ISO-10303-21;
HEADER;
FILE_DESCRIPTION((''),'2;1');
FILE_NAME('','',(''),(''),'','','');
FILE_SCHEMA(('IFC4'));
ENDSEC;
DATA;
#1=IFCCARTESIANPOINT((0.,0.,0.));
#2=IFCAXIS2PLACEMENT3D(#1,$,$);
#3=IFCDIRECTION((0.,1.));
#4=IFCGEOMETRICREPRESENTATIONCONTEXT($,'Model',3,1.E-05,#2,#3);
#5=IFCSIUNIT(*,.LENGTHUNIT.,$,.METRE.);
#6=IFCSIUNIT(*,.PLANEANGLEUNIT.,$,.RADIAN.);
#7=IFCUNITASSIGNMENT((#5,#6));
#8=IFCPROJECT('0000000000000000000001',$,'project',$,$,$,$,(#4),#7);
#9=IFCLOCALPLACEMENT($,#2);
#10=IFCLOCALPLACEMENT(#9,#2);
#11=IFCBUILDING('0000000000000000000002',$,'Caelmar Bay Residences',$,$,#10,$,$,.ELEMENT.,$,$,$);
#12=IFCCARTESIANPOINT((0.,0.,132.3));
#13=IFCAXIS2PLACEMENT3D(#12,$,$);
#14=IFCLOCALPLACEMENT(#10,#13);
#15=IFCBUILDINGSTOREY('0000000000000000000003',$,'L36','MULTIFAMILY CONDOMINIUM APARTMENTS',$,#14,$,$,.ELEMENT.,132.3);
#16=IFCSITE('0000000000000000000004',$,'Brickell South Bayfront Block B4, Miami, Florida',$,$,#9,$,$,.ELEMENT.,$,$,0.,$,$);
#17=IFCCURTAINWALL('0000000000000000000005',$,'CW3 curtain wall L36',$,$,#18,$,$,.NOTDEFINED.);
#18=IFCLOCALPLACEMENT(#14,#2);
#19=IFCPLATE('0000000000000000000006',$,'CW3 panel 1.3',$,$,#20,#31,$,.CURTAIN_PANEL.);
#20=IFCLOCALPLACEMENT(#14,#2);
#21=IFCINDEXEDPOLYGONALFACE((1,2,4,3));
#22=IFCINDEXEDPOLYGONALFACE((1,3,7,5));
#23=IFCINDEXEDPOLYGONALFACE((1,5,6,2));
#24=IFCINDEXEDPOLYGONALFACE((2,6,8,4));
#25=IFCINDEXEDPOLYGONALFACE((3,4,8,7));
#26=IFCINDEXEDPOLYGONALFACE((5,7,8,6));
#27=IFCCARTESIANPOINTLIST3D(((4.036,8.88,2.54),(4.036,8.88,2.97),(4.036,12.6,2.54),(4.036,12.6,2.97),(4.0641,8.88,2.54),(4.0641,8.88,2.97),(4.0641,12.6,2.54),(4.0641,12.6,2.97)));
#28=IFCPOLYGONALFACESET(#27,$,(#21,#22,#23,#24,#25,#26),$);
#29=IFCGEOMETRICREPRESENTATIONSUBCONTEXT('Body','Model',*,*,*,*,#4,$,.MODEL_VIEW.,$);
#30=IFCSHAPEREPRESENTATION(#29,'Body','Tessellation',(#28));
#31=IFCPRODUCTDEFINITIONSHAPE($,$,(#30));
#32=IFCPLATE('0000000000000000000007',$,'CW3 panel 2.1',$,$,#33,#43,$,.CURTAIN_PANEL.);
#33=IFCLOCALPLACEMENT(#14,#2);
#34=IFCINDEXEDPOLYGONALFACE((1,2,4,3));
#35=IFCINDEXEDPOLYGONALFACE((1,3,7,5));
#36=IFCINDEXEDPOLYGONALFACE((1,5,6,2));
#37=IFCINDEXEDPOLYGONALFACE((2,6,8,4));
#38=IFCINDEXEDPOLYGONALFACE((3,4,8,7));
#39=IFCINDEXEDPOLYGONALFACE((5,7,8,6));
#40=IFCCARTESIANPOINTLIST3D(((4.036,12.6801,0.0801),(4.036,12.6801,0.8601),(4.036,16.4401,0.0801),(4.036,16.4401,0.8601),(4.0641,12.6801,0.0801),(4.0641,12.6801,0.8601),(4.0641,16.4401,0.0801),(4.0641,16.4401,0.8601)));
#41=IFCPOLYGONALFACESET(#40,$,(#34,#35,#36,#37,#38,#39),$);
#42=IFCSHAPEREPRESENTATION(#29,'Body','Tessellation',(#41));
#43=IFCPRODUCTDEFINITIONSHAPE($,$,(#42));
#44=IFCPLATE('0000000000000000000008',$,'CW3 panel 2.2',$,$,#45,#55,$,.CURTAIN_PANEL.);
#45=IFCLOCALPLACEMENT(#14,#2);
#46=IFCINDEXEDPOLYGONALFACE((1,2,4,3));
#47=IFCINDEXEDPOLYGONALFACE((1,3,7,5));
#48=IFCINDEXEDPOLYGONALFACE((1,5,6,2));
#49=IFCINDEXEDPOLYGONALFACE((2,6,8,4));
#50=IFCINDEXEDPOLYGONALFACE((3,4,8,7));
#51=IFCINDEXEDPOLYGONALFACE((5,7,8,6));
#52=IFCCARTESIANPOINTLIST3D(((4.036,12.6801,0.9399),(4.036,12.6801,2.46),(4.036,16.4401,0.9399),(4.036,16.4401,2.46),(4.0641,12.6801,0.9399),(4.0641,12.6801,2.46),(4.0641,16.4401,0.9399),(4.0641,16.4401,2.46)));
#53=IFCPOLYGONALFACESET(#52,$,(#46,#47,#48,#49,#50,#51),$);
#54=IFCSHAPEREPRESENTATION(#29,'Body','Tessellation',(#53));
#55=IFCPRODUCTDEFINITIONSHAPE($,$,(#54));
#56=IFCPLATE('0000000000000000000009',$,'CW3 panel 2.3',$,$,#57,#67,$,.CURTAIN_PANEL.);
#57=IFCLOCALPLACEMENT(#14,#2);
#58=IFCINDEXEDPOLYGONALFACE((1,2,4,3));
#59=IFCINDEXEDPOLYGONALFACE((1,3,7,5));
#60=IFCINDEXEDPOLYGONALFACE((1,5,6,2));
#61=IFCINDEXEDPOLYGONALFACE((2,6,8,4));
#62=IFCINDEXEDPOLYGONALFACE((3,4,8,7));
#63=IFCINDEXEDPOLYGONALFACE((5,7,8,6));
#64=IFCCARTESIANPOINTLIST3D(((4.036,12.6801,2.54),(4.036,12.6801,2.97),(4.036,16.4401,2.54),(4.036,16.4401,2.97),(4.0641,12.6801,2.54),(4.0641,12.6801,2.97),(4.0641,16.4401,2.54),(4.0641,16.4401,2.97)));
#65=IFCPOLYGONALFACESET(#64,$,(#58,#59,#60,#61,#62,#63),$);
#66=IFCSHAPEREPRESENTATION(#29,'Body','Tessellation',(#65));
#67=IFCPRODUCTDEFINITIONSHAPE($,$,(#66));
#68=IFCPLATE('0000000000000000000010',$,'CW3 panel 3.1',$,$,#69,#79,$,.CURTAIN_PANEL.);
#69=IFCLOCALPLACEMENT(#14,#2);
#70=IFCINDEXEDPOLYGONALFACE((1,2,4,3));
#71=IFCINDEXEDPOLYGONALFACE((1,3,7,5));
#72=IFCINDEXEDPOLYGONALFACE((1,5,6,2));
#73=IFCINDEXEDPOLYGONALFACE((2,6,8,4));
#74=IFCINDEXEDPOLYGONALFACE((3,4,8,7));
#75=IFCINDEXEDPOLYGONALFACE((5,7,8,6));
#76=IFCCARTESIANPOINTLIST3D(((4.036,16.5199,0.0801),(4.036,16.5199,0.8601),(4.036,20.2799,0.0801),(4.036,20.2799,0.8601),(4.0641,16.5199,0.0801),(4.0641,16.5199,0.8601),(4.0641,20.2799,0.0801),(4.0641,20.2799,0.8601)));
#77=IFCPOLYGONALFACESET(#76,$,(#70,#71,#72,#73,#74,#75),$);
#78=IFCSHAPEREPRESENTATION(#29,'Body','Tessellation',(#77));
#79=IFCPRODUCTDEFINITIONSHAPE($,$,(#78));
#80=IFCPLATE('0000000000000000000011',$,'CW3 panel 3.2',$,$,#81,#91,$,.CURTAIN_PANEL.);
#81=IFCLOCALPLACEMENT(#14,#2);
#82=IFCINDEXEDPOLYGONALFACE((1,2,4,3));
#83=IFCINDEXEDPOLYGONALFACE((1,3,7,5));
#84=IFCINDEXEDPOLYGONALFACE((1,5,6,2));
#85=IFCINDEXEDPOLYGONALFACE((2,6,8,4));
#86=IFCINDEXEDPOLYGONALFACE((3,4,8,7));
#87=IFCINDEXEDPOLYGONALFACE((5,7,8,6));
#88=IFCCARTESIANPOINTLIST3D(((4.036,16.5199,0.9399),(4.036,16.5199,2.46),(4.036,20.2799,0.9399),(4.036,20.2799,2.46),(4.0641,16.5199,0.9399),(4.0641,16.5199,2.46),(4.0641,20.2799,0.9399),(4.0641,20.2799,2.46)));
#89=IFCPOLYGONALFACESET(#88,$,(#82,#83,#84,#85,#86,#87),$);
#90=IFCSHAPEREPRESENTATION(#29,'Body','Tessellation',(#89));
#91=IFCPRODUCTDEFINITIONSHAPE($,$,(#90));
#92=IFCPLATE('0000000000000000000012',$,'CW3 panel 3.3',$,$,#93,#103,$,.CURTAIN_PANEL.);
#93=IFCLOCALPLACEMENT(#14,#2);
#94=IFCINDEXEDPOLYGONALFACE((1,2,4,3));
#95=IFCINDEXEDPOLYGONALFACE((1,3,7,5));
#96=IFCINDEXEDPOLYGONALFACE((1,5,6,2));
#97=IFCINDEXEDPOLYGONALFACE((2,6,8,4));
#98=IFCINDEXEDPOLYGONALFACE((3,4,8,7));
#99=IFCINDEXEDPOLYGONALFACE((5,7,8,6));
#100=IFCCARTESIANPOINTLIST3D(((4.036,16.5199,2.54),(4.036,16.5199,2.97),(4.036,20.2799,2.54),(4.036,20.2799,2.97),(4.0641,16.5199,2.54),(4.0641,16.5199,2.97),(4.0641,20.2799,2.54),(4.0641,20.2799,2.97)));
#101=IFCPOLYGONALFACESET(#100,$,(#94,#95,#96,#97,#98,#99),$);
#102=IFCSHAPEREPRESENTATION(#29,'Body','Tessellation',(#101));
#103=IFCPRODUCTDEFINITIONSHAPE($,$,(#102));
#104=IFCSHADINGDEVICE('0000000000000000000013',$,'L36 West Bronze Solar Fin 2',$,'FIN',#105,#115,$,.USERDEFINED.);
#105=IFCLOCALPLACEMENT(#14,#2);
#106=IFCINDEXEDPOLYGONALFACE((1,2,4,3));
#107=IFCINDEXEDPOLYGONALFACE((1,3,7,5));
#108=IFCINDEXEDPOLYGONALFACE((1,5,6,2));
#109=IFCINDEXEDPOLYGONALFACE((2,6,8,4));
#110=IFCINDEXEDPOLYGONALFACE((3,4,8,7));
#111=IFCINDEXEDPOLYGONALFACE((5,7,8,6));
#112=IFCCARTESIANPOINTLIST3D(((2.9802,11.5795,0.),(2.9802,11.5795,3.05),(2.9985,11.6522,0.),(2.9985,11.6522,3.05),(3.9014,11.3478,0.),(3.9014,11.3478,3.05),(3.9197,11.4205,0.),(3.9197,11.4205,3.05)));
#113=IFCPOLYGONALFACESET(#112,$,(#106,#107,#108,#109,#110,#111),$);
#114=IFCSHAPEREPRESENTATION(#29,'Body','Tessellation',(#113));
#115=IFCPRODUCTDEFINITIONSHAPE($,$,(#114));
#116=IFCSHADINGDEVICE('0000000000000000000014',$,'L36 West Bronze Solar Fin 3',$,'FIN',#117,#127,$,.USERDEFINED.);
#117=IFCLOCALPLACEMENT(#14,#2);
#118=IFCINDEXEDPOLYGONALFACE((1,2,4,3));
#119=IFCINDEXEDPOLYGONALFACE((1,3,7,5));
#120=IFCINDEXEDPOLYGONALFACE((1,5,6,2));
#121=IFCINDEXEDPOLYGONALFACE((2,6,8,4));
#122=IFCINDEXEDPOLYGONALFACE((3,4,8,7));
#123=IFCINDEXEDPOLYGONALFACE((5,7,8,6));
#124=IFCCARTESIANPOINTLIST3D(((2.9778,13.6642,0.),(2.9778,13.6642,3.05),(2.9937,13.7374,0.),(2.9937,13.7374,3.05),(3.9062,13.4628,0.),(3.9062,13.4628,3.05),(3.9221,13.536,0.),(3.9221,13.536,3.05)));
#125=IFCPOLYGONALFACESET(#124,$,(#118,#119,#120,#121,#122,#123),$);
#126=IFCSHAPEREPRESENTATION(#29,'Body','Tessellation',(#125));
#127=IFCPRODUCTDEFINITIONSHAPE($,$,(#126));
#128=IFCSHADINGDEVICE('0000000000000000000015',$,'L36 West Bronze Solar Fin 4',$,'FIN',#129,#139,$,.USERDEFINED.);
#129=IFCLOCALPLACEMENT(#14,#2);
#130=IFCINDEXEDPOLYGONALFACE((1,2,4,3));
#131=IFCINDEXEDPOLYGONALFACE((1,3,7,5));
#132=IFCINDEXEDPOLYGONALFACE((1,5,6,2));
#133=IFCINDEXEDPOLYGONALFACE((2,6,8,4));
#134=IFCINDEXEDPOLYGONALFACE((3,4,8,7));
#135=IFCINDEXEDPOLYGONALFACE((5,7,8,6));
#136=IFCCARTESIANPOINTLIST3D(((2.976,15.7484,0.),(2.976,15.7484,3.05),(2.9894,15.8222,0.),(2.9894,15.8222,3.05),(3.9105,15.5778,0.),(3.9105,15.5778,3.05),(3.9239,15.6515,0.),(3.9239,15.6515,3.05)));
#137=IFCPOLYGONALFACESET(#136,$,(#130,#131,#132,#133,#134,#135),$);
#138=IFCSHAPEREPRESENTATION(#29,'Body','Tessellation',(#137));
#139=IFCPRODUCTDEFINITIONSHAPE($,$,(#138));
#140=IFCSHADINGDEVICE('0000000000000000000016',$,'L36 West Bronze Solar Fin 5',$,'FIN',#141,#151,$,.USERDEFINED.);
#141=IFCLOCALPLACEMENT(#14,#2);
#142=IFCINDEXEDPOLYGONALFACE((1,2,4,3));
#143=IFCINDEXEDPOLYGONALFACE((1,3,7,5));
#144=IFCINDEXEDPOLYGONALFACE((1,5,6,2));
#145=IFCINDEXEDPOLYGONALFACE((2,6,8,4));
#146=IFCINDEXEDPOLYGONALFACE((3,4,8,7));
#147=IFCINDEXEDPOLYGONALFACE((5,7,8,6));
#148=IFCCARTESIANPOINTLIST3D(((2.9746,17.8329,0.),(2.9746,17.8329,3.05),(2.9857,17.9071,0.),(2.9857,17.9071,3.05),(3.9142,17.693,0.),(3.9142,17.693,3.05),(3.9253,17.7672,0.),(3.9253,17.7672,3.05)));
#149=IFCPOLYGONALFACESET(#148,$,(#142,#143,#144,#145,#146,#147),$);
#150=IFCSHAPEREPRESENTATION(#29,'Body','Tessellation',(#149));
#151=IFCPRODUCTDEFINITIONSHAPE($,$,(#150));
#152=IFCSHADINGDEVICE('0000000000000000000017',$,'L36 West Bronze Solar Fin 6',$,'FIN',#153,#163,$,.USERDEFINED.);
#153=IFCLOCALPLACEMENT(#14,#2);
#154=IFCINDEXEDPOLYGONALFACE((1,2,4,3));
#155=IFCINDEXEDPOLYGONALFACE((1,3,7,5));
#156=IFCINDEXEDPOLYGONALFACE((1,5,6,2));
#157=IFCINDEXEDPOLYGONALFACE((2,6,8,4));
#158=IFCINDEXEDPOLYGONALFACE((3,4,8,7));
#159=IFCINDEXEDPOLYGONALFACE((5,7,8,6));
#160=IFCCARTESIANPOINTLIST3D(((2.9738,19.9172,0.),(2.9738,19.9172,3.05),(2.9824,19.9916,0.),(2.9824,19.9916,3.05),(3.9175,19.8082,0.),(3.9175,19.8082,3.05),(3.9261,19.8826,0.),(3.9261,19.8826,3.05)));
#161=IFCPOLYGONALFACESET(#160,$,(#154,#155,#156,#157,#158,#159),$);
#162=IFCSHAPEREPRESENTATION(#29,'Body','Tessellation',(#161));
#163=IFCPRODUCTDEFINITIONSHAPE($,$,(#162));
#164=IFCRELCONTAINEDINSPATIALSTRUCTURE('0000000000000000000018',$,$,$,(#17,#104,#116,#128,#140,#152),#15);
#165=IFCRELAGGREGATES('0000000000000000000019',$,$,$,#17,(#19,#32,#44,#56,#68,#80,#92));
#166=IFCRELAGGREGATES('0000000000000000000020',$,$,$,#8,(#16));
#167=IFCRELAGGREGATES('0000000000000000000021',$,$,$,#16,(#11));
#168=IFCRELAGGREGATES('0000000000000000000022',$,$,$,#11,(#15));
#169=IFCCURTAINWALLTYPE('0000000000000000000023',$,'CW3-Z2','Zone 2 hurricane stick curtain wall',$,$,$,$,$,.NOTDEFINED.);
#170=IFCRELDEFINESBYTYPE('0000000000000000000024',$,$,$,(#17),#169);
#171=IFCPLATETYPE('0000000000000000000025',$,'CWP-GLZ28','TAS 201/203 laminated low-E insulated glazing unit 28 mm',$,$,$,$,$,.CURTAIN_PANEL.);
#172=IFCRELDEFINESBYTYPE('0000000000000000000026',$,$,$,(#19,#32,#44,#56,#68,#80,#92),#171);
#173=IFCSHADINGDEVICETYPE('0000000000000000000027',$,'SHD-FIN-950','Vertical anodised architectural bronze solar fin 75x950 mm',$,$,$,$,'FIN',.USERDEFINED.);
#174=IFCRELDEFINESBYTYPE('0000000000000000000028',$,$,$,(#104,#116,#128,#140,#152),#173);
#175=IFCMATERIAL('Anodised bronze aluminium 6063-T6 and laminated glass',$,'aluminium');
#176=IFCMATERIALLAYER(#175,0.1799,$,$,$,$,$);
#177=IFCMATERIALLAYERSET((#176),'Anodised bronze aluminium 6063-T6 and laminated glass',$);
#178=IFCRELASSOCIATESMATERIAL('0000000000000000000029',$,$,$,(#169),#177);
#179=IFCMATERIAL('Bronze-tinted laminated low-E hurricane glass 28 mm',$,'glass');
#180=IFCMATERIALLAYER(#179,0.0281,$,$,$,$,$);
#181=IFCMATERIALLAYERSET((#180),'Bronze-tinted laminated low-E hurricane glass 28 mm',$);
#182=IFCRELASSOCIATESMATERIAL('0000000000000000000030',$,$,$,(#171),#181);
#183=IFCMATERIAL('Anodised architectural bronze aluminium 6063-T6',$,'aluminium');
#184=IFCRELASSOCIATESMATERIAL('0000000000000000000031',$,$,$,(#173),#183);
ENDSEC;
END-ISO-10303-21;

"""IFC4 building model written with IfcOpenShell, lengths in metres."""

from ifc_helpers import new_model, si_unit, direction, frame, origin, origin_2d, place, context, subcontext, project, spatial, rectangle, extrude, material, layer, layer_set, material_profile, profile_set, type_object, element, aggregate, save


model = new_model("IFC4")

# Units and contexts
model_context = context("Model", 3, precision=1e-05, world=origin(), true_north=direction((0.0, 1.0)))
body_context = subcontext(model_context, "Body", "Model", "MODEL_VIEW")
ifc_project = project(units=[si_unit("LENGTHUNIT", "METRE"), si_unit("PLANEANGLEUNIT", "RADIAN")], contexts=[model_context])

# Site, building, storey
site_placement = place(None, origin())
site = spatial("IfcSite", under=ifc_project, at=site_placement, Name="Brickell South Bayfront Block B4, Miami, Florida", CompositionType="ELEMENT", RefElevation=0.0)
building_placement = place(site_placement, origin())
building = spatial("IfcBuilding", under=site, at=building_placement, Name="Caelmar Bay Residences", CompositionType="ELEMENT")
storey_placement = place(building_placement, frame((0.0, 0.0, 132.3)))
storey = spatial("IfcBuildingStorey", under=building, at=storey_placement, Name="L36", Description="MULTIFAMILY CONDOMINIUM APARTMENTS", CompositionType="ELEMENT", Elevation=132.3)

# Curtain wall, plates
ifc_material_1 = material(Name="Anodised bronze aluminium 6063-T6 and laminated glass", Category="aluminium")
ifc_layer_1 = layer(ifc_material_1, 0.1799)
ifc_layer_set_1 = layer_set([ifc_layer_1], Name="Anodised bronze aluminium 6063-T6 and laminated glass")
curtain_wall_type = type_object("IfcCurtainWallType", Name="CW3-Z2", Description="Zone 2 hurricane stick curtain wall", PredefinedType="NOTDEFINED", material=ifc_layer_set_1)
curtain_wall_placement = place(storey_placement, origin())
curtain_wall = element("IfcCurtainWall", 1, at=curtain_wall_placement, inside=storey, type_object=curtain_wall_type, Name="CW3 curtain wall L36", PredefinedType="NOTDEFINED")
ifc_material_2 = material(Name="Bronze-tinted laminated low-E hurricane glass 28 mm", Category="glass")
ifc_layer_2 = layer(ifc_material_2, 0.0281)
ifc_layer_set_2 = layer_set([ifc_layer_2], Name="Bronze-tinted laminated low-E hurricane glass 28 mm")
plate_type = type_object("IfcPlateType", Name="CWP-GLZ28", Description="TAS 201/203 laminated low-E insulated glazing unit 28 mm", PredefinedType="CURTAIN_PANEL", material=ifc_layer_set_2)
plate_1_placement = place(storey_placement, frame((4.05, 10.74, 2.54), z_axis=(0.0, 0.0, 1.0), x_axis=(0.0, 1.0, 0.0)))
plate_1 = element("IfcPlate", 2, at=plate_1_placement, type_object=plate_type, Name="CW3 panel 1.3", PredefinedType="CURTAIN_PANEL", context=body_context, shape_type="SweptSolid", body=[
    extrude(rectangle(XDim=3.72, YDim=0.0281, at=origin_2d()), origin(), (0.0, 0.0, 1.0), 0.4299),
])
plate_2_placement = place(storey_placement, frame((4.05, 14.5601, 0.0801), z_axis=(0.0, 0.0, 1.0), x_axis=(0.0, 1.0, 0.0)))
plate_2 = element("IfcPlate", 3, at=plate_2_placement, type_object=plate_type, Name="CW3 panel 2.1", PredefinedType="CURTAIN_PANEL", context=body_context, shape_type="SweptSolid", body=[
    extrude(rectangle(XDim=3.76, YDim=0.0281, at=origin_2d()), origin(), (0.0, 0.0, 1.0), 0.78),
])
plate_3_placement = place(storey_placement, frame((4.05, 14.5601, 0.9399), z_axis=(0.0, 0.0, 1.0), x_axis=(0.0, 1.0, 0.0)))
plate_3 = element("IfcPlate", 4, at=plate_3_placement, type_object=plate_type, Name="CW3 panel 2.2", PredefinedType="CURTAIN_PANEL", context=body_context, shape_type="SweptSolid", body=[
    extrude(rectangle(XDim=3.76, YDim=0.0281, at=origin_2d()), origin(), (0.0, 0.0, 1.0), 1.52),
])
plate_4_placement = place(storey_placement, frame((4.05, 14.5601, 2.54), z_axis=(0.0, 0.0, 1.0), x_axis=(0.0, 1.0, 0.0)))
plate_4 = element("IfcPlate", 5, at=plate_4_placement, type_object=plate_type, Name="CW3 panel 2.3", PredefinedType="CURTAIN_PANEL", context=body_context, shape_type="SweptSolid", body=[
    extrude(rectangle(XDim=3.76, YDim=0.0281, at=origin_2d()), origin(), (0.0, 0.0, 1.0), 0.4299),
])
plate_5_placement = place(storey_placement, frame((4.05, 18.3999, 0.0801), z_axis=(0.0, 0.0, 1.0), x_axis=(0.0, 1.0, 0.0)))
plate_5 = element("IfcPlate", 6, at=plate_5_placement, type_object=plate_type, Name="CW3 panel 3.1", PredefinedType="CURTAIN_PANEL", context=body_context, shape_type="SweptSolid", body=[
    extrude(rectangle(XDim=3.76, YDim=0.0281, at=origin_2d()), origin(), (0.0, 0.0, 1.0), 0.78),
])
plate_6_placement = place(storey_placement, frame((4.05, 18.3999, 0.9399), z_axis=(0.0, 0.0, 1.0), x_axis=(0.0, 1.0, 0.0)))
plate_6 = element("IfcPlate", 7, at=plate_6_placement, type_object=plate_type, Name="CW3 panel 3.2", PredefinedType="CURTAIN_PANEL", context=body_context, shape_type="SweptSolid", body=[
    extrude(rectangle(XDim=3.76, YDim=0.0281, at=origin_2d()), origin(), (0.0, 0.0, 1.0), 1.52),
])
plate_7_placement = place(storey_placement, frame((4.05, 18.3999, 2.54), z_axis=(0.0, 0.0, 1.0), x_axis=(0.0, 1.0, 0.0)))
plate_7 = element("IfcPlate", 8, at=plate_7_placement, type_object=plate_type, Name="CW3 panel 3.3", PredefinedType="CURTAIN_PANEL", context=body_context, shape_type="SweptSolid", body=[
    extrude(rectangle(XDim=3.76, YDim=0.0281, at=origin_2d()), origin(), (0.0, 0.0, 1.0), 0.4299),
])
aggregate(curtain_wall, [plate_1, plate_2, plate_3, plate_4, plate_5, plate_6, plate_7])

# Shading devices
ifc_material_3 = material(Name="Anodised architectural bronze aluminium 6063-T6", Category="aluminium")
ifc_material_profile_1 = material_profile(ifc_material_3, rectangle(XDim=0.075, YDim=0.95, at=origin_2d()), Name="BRONZE-FIN-75X950")
ifc_profile_set_1 = profile_set([ifc_material_profile_1], Name="Anodised architectural bronze aluminium 6063-T6")
shading_device_type = type_object("IfcShadingDeviceType", Name="SHD-FIN-950", Description="Vertical anodised architectural bronze solar fin 75x950 mm", ElementType="FIN", PredefinedType="USERDEFINED", material=ifc_profile_set_1)
for number, where, z_axis, x_axis, name in (
    (9, (3.45, 11.5, 0.0), (0.0, 0.0, 1.0), (0.243954, 0.969787, 0.0), "L36 West Bronze Solar Fin 2"),
    (10, (3.45, 13.6001, 0.0), (0.0, 0.0, 1.0), (0.212007, 0.977268, 0.0), "L36 West Bronze Solar Fin 3"),
    (11, (3.45, 15.7, 0.0), (0.0, 0.0, 1.0), (0.179661, 0.983729, 0.0), "L36 West Bronze Solar Fin 4"),
    (12, (3.45, 17.8, 0.0), (0.0, 0.0, 1.0), (0.147292, 0.989093, 0.0), "L36 West Bronze Solar Fin 5"),
    (13, (3.45, 19.8999, 0.0), (0.0, 0.0, 1.0), (0.114764, 0.993393, 0.0), "L36 West Bronze Solar Fin 6"),
):
    element("IfcShadingDevice", number, at=place(storey_placement, frame(where, z_axis=z_axis, x_axis=x_axis)), inside=storey, type_object=shading_device_type, Name=name, ObjectType="FIN", PredefinedType="USERDEFINED", context=body_context, shape_type="SweptSolid", body=[
        extrude(rectangle(XDim=0.075, YDim=0.95, at=origin_2d()), origin(), (0.0, 0.0, 1.0), 3.05),
    ])

save(model, "model.ifc")
